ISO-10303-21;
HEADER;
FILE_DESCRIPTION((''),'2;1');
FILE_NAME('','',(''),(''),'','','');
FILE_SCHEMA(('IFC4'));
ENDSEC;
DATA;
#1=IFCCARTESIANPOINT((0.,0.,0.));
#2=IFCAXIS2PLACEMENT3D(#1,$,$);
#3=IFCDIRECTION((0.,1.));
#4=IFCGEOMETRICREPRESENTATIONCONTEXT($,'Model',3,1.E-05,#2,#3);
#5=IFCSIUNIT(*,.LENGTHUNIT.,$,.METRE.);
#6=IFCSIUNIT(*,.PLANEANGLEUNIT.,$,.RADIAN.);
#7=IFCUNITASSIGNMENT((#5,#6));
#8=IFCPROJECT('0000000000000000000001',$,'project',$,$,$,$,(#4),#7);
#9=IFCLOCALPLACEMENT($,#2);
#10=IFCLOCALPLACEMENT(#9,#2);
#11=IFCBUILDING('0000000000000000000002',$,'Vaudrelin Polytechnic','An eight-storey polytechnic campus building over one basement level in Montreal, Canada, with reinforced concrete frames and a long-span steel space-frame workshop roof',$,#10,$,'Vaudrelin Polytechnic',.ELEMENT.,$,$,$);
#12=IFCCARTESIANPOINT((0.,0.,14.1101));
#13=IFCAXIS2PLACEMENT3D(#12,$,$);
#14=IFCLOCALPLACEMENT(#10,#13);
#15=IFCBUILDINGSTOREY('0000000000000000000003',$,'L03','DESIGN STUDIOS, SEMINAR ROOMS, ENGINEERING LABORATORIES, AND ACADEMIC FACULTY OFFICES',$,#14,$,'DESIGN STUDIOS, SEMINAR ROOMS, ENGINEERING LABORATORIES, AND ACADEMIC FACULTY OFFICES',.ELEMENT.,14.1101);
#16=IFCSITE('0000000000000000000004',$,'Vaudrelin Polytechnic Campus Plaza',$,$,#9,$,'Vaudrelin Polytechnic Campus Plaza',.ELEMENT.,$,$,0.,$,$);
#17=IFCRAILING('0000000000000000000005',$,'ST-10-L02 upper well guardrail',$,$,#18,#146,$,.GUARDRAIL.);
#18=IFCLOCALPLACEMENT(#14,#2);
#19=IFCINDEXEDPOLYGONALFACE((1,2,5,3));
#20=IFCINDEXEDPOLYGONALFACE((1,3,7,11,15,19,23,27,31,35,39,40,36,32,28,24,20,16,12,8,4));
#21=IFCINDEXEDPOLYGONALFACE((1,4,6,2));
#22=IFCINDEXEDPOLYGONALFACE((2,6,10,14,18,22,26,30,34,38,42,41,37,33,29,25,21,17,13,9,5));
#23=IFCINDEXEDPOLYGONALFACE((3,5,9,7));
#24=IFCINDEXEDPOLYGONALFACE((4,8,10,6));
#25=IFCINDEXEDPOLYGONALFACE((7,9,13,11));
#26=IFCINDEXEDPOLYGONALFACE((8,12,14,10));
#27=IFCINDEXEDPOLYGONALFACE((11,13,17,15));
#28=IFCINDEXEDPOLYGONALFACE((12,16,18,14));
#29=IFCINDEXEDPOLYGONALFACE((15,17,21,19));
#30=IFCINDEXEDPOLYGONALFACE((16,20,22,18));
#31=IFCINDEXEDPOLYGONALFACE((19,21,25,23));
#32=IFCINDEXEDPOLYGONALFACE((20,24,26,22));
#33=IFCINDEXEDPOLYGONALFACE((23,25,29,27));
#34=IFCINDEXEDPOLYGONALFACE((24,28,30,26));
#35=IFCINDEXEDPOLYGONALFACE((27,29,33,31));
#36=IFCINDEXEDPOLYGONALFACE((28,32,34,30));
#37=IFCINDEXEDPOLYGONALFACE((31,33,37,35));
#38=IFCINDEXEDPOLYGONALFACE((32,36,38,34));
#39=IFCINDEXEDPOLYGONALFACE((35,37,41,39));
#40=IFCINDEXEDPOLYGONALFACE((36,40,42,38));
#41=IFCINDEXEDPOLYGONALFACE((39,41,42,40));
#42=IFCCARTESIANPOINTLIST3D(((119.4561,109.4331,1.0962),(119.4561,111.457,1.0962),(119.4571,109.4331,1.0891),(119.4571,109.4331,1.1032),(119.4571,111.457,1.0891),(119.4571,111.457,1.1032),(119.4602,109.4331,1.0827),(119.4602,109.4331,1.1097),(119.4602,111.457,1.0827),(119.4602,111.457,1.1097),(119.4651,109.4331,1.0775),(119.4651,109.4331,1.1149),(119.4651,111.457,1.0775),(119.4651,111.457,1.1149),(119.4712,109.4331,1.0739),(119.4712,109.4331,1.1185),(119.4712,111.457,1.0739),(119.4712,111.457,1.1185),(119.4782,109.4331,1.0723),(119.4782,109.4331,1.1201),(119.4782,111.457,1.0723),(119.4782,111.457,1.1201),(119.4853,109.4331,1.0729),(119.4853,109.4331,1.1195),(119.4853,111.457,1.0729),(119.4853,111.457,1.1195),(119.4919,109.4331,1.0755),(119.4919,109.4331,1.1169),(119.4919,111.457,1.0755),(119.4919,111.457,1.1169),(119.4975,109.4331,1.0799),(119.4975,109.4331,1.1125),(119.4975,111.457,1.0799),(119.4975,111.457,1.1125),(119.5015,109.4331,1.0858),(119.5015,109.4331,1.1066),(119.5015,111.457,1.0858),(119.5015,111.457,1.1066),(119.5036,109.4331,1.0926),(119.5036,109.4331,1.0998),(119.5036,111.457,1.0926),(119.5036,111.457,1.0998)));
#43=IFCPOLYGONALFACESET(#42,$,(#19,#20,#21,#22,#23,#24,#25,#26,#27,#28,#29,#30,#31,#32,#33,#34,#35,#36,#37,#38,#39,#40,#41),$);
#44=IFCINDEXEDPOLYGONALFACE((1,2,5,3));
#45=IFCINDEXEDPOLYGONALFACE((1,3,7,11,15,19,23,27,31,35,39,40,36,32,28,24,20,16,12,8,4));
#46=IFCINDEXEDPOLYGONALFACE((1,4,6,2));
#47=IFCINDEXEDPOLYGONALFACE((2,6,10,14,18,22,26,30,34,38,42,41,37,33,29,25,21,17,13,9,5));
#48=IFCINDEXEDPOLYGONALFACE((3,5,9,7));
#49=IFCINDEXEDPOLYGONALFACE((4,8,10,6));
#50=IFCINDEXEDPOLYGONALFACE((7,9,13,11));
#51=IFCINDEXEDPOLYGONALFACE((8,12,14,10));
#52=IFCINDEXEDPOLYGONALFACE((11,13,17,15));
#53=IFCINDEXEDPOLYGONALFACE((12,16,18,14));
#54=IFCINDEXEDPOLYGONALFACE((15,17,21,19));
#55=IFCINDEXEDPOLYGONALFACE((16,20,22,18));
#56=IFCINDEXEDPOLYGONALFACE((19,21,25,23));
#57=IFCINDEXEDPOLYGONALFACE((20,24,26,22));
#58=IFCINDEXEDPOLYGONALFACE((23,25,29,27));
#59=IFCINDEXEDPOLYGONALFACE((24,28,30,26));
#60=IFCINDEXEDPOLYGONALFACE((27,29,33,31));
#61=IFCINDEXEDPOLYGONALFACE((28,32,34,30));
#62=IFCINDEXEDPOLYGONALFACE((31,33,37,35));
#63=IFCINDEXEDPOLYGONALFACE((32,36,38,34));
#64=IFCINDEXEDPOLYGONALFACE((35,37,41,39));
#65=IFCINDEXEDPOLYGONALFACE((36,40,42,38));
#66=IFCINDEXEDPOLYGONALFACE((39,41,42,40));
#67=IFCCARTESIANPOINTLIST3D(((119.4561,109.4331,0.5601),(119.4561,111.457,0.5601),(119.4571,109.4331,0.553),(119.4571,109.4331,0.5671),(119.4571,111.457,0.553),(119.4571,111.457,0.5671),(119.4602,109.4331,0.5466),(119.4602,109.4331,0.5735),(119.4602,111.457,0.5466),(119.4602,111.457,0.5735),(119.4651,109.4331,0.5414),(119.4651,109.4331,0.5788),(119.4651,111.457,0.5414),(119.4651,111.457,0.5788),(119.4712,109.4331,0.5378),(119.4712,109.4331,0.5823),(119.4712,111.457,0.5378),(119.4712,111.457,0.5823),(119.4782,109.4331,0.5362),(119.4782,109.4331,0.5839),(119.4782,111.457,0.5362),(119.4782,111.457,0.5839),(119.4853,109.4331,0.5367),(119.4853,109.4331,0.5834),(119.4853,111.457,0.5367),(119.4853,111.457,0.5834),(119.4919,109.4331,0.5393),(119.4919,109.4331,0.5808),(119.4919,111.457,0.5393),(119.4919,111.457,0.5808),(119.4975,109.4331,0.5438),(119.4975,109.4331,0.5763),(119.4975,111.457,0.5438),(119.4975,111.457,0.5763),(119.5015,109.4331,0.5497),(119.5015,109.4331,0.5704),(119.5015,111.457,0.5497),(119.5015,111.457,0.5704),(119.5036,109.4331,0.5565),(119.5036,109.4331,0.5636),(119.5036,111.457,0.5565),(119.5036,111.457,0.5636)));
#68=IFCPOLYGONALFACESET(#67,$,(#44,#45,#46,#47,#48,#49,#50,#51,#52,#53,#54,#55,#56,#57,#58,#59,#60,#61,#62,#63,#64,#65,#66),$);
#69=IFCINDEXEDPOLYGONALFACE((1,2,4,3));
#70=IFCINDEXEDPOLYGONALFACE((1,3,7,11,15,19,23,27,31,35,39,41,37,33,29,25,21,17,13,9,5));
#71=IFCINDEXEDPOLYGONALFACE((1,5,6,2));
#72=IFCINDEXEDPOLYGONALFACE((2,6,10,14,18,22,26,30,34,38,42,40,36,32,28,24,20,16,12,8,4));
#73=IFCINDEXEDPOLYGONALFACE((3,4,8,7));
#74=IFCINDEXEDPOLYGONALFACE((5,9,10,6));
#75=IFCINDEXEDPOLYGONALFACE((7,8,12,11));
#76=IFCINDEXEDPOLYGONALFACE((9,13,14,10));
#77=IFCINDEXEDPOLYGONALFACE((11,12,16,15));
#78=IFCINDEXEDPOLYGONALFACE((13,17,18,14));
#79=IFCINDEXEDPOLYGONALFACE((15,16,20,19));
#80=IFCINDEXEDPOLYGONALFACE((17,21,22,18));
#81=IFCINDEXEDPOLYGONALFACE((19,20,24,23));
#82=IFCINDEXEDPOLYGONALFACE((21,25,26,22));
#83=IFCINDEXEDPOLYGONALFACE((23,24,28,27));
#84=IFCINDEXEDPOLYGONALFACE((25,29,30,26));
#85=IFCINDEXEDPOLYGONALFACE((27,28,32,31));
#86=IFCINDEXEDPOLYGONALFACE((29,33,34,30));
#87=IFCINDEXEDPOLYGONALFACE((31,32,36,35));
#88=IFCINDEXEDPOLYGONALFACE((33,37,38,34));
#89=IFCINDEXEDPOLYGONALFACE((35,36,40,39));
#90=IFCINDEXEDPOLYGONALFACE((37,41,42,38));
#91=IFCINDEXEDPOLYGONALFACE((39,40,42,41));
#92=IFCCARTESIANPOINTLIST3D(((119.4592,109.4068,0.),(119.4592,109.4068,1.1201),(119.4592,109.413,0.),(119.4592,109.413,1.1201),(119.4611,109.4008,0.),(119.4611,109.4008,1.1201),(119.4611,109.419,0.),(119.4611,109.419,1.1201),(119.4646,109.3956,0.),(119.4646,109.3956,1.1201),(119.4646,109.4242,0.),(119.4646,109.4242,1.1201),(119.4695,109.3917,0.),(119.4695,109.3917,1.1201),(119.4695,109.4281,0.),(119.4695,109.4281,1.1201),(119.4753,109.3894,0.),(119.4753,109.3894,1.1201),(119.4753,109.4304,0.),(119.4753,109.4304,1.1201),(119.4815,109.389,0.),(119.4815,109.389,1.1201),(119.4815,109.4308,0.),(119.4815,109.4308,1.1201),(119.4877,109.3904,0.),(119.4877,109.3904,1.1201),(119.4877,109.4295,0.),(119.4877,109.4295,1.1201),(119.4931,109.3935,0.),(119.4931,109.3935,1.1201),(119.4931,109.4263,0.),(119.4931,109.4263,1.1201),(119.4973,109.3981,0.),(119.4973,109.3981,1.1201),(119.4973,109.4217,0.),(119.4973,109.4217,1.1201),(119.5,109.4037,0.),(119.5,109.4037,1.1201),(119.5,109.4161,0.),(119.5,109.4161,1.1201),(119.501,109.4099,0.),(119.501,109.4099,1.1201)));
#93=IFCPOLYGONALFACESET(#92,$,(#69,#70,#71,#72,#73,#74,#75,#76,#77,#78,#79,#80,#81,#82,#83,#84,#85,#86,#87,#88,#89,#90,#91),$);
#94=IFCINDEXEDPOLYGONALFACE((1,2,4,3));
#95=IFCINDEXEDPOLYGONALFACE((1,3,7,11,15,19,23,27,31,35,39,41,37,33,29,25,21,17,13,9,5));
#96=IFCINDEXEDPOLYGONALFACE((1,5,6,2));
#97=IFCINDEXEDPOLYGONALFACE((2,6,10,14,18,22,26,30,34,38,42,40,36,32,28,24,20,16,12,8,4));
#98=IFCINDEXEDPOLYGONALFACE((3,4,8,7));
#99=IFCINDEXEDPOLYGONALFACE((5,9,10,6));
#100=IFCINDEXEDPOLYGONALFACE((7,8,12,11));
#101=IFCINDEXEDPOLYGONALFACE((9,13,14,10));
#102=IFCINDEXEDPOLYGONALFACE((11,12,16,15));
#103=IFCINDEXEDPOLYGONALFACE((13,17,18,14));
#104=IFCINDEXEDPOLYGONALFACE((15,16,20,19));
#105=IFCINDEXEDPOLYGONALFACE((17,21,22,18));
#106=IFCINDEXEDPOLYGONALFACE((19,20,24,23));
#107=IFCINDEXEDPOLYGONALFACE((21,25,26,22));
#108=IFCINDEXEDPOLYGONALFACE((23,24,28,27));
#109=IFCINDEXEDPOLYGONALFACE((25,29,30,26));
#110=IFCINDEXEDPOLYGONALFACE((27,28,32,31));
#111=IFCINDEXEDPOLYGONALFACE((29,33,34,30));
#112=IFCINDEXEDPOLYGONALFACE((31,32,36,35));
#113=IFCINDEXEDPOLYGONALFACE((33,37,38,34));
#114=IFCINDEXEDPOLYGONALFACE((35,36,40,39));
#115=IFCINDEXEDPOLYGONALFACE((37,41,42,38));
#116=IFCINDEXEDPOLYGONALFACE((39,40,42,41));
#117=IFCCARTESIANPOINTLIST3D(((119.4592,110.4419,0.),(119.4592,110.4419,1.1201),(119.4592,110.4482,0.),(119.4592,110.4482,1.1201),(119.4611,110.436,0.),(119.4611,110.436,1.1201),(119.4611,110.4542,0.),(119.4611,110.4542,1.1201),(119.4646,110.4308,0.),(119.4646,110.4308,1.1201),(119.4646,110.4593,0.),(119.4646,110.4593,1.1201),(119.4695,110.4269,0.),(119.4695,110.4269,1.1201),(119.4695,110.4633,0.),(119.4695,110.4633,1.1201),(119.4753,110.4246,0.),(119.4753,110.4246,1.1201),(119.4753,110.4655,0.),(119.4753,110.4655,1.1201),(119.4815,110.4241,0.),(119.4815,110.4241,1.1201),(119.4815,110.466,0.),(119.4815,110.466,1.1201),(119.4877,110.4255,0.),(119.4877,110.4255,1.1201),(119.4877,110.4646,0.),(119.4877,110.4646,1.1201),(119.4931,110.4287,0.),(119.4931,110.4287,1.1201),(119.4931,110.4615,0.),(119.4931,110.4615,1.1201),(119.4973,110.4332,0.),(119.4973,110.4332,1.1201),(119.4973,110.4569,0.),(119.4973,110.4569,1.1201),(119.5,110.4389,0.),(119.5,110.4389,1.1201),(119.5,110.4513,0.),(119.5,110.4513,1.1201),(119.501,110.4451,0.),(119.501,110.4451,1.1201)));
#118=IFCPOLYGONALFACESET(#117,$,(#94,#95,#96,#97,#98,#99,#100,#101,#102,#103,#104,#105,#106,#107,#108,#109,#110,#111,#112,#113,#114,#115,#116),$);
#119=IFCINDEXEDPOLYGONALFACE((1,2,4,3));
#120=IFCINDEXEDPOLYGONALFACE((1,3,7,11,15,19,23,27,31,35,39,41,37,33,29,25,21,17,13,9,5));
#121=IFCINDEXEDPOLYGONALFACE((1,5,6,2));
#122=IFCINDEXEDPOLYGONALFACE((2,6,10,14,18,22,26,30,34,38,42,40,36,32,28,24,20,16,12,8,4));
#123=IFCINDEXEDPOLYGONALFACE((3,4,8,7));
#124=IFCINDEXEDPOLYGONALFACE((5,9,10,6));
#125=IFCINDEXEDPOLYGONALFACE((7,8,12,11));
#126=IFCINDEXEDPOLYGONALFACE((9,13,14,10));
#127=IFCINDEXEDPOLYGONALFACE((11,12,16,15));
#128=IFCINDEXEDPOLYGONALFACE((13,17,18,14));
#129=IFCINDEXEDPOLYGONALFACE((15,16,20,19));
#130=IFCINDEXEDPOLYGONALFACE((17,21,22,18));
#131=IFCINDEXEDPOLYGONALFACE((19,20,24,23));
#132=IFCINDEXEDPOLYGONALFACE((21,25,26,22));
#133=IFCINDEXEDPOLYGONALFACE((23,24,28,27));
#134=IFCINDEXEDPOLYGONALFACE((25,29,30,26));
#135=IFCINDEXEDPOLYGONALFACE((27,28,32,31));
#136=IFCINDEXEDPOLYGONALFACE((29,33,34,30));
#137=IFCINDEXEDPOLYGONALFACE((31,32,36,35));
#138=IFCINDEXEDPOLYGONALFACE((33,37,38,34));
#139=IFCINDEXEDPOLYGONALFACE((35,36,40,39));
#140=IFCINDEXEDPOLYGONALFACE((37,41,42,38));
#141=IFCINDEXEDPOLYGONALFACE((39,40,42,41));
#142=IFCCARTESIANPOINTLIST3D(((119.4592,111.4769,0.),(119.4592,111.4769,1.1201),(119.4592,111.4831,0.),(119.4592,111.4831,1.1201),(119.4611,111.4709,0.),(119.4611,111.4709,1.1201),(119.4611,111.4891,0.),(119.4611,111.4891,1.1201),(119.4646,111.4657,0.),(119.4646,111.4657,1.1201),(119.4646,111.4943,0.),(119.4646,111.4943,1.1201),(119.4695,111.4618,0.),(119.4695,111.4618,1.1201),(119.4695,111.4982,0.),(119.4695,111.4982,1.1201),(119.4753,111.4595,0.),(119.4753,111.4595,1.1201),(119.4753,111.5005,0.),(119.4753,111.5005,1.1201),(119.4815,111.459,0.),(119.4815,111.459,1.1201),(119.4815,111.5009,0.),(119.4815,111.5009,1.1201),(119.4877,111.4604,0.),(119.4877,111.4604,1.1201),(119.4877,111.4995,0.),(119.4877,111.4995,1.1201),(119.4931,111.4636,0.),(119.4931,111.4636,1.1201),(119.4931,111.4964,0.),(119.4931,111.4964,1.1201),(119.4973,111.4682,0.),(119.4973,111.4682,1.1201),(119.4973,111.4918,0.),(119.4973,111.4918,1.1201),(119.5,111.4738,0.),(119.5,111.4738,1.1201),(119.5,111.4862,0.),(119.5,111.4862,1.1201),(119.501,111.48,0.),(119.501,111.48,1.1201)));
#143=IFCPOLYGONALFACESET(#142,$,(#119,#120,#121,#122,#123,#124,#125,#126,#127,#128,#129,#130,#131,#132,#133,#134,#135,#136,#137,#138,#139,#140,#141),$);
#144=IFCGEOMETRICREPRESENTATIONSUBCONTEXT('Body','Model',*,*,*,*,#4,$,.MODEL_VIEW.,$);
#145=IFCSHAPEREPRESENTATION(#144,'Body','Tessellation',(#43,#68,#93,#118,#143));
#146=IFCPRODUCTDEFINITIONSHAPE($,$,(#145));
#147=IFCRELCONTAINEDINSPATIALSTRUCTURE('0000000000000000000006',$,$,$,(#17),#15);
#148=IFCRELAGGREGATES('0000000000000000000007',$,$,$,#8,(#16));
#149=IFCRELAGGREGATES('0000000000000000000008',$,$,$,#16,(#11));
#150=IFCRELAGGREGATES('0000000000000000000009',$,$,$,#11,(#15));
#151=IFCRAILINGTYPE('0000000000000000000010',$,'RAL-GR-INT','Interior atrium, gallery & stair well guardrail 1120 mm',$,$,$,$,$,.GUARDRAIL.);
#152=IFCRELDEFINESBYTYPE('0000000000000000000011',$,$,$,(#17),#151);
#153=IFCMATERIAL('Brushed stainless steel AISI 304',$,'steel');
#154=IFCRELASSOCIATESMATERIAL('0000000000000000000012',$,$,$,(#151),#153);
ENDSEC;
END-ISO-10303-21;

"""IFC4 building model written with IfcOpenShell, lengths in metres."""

from ifc_helpers import new_model, si_unit, direction, frame, origin, origin_2d, place, context, subcontext, project, spatial, circle, extrude, material, type_object, element, save


model = new_model("IFC4")

# Units and contexts
model_context = context("Model", 3, precision=1e-05, world=origin(), true_north=direction((0.0, 1.0)))
body_context = subcontext(model_context, "Body", "Model", "MODEL_VIEW")
ifc_project = project(units=[si_unit("LENGTHUNIT", "METRE"), si_unit("PLANEANGLEUNIT", "RADIAN")], contexts=[model_context])

# Site, building, storey
site_placement = place(None, origin())
site = spatial("IfcSite", under=ifc_project, at=site_placement, Name="Vaudrelin Polytechnic Campus Plaza", LongName="Vaudrelin Polytechnic Campus Plaza", CompositionType="ELEMENT", RefElevation=0.0)
building_placement = place(site_placement, origin())
building = spatial("IfcBuilding", under=site, at=building_placement, Name="Vaudrelin Polytechnic", Description="An eight-storey polytechnic campus building over one basement level in Montreal, Canada, with reinforced concrete frames and a long-span steel space-frame workshop roof", LongName="Vaudrelin Polytechnic", CompositionType="ELEMENT")
storey_placement = place(building_placement, frame((0.0, 0.0, 14.1101)))
storey = spatial("IfcBuildingStorey", under=building, at=storey_placement, Name="L03", Description="DESIGN STUDIOS, SEMINAR ROOMS, ENGINEERING LABORATORIES, AND ACADEMIC FACULTY OFFICES", LongName="DESIGN STUDIOS, SEMINAR ROOMS, ENGINEERING LABORATORIES, AND ACADEMIC FACULTY OFFICES", CompositionType="ELEMENT", Elevation=14.1101)

# Railing
ifc_material_1 = material(Name="Brushed stainless steel AISI 304", Category="steel")
railing_type = type_object("IfcRailingType", Name="RAL-GR-INT", Description="Interior atrium, gallery & stair well guardrail 1120 mm", PredefinedType="GUARDRAIL", material=ifc_material_1)
railing_placement = place(storey_placement, frame((119.48, 109.4099, 0.0)))
element("IfcRailing", 1, at=railing_placement, inside=storey, type_object=railing_type, Name="ST-10-L02 upper well guardrail", PredefinedType="GUARDRAIL", context=body_context, shape_type="SweptSolid", body=[
    extrude(circle(Radius=0.0239, at=origin_2d()), frame((0.0, 0.0232, 1.0962), z_axis=(0.0, 1.0, 0.0), x_axis=(-1.0, 0.0, 0.0)), (0.0, 0.0, 1.0), 2.0239),
    extrude(circle(Radius=0.0239, at=origin_2d()), frame((0.0, 0.0232, 0.5601), z_axis=(0.0, 1.0, 0.0), x_axis=(-1.0, 0.0, 0.0)), (0.0, 0.0, 1.0), 2.0239),
    extrude(circle(Radius=0.021, at=origin_2d()), origin(), (0.0, 0.0, 1.0), 1.1201),
    extrude(circle(Radius=0.021, at=origin_2d()), frame((0.0, 1.0352, 0.0)), (0.0, 0.0, 1.0), 1.1201),
    extrude(circle(Radius=0.021, at=origin_2d()), frame((0.0, 2.0701, 0.0)), (0.0, 0.0, 1.0), 1.1201),
])

save(model, "model.ifc")
